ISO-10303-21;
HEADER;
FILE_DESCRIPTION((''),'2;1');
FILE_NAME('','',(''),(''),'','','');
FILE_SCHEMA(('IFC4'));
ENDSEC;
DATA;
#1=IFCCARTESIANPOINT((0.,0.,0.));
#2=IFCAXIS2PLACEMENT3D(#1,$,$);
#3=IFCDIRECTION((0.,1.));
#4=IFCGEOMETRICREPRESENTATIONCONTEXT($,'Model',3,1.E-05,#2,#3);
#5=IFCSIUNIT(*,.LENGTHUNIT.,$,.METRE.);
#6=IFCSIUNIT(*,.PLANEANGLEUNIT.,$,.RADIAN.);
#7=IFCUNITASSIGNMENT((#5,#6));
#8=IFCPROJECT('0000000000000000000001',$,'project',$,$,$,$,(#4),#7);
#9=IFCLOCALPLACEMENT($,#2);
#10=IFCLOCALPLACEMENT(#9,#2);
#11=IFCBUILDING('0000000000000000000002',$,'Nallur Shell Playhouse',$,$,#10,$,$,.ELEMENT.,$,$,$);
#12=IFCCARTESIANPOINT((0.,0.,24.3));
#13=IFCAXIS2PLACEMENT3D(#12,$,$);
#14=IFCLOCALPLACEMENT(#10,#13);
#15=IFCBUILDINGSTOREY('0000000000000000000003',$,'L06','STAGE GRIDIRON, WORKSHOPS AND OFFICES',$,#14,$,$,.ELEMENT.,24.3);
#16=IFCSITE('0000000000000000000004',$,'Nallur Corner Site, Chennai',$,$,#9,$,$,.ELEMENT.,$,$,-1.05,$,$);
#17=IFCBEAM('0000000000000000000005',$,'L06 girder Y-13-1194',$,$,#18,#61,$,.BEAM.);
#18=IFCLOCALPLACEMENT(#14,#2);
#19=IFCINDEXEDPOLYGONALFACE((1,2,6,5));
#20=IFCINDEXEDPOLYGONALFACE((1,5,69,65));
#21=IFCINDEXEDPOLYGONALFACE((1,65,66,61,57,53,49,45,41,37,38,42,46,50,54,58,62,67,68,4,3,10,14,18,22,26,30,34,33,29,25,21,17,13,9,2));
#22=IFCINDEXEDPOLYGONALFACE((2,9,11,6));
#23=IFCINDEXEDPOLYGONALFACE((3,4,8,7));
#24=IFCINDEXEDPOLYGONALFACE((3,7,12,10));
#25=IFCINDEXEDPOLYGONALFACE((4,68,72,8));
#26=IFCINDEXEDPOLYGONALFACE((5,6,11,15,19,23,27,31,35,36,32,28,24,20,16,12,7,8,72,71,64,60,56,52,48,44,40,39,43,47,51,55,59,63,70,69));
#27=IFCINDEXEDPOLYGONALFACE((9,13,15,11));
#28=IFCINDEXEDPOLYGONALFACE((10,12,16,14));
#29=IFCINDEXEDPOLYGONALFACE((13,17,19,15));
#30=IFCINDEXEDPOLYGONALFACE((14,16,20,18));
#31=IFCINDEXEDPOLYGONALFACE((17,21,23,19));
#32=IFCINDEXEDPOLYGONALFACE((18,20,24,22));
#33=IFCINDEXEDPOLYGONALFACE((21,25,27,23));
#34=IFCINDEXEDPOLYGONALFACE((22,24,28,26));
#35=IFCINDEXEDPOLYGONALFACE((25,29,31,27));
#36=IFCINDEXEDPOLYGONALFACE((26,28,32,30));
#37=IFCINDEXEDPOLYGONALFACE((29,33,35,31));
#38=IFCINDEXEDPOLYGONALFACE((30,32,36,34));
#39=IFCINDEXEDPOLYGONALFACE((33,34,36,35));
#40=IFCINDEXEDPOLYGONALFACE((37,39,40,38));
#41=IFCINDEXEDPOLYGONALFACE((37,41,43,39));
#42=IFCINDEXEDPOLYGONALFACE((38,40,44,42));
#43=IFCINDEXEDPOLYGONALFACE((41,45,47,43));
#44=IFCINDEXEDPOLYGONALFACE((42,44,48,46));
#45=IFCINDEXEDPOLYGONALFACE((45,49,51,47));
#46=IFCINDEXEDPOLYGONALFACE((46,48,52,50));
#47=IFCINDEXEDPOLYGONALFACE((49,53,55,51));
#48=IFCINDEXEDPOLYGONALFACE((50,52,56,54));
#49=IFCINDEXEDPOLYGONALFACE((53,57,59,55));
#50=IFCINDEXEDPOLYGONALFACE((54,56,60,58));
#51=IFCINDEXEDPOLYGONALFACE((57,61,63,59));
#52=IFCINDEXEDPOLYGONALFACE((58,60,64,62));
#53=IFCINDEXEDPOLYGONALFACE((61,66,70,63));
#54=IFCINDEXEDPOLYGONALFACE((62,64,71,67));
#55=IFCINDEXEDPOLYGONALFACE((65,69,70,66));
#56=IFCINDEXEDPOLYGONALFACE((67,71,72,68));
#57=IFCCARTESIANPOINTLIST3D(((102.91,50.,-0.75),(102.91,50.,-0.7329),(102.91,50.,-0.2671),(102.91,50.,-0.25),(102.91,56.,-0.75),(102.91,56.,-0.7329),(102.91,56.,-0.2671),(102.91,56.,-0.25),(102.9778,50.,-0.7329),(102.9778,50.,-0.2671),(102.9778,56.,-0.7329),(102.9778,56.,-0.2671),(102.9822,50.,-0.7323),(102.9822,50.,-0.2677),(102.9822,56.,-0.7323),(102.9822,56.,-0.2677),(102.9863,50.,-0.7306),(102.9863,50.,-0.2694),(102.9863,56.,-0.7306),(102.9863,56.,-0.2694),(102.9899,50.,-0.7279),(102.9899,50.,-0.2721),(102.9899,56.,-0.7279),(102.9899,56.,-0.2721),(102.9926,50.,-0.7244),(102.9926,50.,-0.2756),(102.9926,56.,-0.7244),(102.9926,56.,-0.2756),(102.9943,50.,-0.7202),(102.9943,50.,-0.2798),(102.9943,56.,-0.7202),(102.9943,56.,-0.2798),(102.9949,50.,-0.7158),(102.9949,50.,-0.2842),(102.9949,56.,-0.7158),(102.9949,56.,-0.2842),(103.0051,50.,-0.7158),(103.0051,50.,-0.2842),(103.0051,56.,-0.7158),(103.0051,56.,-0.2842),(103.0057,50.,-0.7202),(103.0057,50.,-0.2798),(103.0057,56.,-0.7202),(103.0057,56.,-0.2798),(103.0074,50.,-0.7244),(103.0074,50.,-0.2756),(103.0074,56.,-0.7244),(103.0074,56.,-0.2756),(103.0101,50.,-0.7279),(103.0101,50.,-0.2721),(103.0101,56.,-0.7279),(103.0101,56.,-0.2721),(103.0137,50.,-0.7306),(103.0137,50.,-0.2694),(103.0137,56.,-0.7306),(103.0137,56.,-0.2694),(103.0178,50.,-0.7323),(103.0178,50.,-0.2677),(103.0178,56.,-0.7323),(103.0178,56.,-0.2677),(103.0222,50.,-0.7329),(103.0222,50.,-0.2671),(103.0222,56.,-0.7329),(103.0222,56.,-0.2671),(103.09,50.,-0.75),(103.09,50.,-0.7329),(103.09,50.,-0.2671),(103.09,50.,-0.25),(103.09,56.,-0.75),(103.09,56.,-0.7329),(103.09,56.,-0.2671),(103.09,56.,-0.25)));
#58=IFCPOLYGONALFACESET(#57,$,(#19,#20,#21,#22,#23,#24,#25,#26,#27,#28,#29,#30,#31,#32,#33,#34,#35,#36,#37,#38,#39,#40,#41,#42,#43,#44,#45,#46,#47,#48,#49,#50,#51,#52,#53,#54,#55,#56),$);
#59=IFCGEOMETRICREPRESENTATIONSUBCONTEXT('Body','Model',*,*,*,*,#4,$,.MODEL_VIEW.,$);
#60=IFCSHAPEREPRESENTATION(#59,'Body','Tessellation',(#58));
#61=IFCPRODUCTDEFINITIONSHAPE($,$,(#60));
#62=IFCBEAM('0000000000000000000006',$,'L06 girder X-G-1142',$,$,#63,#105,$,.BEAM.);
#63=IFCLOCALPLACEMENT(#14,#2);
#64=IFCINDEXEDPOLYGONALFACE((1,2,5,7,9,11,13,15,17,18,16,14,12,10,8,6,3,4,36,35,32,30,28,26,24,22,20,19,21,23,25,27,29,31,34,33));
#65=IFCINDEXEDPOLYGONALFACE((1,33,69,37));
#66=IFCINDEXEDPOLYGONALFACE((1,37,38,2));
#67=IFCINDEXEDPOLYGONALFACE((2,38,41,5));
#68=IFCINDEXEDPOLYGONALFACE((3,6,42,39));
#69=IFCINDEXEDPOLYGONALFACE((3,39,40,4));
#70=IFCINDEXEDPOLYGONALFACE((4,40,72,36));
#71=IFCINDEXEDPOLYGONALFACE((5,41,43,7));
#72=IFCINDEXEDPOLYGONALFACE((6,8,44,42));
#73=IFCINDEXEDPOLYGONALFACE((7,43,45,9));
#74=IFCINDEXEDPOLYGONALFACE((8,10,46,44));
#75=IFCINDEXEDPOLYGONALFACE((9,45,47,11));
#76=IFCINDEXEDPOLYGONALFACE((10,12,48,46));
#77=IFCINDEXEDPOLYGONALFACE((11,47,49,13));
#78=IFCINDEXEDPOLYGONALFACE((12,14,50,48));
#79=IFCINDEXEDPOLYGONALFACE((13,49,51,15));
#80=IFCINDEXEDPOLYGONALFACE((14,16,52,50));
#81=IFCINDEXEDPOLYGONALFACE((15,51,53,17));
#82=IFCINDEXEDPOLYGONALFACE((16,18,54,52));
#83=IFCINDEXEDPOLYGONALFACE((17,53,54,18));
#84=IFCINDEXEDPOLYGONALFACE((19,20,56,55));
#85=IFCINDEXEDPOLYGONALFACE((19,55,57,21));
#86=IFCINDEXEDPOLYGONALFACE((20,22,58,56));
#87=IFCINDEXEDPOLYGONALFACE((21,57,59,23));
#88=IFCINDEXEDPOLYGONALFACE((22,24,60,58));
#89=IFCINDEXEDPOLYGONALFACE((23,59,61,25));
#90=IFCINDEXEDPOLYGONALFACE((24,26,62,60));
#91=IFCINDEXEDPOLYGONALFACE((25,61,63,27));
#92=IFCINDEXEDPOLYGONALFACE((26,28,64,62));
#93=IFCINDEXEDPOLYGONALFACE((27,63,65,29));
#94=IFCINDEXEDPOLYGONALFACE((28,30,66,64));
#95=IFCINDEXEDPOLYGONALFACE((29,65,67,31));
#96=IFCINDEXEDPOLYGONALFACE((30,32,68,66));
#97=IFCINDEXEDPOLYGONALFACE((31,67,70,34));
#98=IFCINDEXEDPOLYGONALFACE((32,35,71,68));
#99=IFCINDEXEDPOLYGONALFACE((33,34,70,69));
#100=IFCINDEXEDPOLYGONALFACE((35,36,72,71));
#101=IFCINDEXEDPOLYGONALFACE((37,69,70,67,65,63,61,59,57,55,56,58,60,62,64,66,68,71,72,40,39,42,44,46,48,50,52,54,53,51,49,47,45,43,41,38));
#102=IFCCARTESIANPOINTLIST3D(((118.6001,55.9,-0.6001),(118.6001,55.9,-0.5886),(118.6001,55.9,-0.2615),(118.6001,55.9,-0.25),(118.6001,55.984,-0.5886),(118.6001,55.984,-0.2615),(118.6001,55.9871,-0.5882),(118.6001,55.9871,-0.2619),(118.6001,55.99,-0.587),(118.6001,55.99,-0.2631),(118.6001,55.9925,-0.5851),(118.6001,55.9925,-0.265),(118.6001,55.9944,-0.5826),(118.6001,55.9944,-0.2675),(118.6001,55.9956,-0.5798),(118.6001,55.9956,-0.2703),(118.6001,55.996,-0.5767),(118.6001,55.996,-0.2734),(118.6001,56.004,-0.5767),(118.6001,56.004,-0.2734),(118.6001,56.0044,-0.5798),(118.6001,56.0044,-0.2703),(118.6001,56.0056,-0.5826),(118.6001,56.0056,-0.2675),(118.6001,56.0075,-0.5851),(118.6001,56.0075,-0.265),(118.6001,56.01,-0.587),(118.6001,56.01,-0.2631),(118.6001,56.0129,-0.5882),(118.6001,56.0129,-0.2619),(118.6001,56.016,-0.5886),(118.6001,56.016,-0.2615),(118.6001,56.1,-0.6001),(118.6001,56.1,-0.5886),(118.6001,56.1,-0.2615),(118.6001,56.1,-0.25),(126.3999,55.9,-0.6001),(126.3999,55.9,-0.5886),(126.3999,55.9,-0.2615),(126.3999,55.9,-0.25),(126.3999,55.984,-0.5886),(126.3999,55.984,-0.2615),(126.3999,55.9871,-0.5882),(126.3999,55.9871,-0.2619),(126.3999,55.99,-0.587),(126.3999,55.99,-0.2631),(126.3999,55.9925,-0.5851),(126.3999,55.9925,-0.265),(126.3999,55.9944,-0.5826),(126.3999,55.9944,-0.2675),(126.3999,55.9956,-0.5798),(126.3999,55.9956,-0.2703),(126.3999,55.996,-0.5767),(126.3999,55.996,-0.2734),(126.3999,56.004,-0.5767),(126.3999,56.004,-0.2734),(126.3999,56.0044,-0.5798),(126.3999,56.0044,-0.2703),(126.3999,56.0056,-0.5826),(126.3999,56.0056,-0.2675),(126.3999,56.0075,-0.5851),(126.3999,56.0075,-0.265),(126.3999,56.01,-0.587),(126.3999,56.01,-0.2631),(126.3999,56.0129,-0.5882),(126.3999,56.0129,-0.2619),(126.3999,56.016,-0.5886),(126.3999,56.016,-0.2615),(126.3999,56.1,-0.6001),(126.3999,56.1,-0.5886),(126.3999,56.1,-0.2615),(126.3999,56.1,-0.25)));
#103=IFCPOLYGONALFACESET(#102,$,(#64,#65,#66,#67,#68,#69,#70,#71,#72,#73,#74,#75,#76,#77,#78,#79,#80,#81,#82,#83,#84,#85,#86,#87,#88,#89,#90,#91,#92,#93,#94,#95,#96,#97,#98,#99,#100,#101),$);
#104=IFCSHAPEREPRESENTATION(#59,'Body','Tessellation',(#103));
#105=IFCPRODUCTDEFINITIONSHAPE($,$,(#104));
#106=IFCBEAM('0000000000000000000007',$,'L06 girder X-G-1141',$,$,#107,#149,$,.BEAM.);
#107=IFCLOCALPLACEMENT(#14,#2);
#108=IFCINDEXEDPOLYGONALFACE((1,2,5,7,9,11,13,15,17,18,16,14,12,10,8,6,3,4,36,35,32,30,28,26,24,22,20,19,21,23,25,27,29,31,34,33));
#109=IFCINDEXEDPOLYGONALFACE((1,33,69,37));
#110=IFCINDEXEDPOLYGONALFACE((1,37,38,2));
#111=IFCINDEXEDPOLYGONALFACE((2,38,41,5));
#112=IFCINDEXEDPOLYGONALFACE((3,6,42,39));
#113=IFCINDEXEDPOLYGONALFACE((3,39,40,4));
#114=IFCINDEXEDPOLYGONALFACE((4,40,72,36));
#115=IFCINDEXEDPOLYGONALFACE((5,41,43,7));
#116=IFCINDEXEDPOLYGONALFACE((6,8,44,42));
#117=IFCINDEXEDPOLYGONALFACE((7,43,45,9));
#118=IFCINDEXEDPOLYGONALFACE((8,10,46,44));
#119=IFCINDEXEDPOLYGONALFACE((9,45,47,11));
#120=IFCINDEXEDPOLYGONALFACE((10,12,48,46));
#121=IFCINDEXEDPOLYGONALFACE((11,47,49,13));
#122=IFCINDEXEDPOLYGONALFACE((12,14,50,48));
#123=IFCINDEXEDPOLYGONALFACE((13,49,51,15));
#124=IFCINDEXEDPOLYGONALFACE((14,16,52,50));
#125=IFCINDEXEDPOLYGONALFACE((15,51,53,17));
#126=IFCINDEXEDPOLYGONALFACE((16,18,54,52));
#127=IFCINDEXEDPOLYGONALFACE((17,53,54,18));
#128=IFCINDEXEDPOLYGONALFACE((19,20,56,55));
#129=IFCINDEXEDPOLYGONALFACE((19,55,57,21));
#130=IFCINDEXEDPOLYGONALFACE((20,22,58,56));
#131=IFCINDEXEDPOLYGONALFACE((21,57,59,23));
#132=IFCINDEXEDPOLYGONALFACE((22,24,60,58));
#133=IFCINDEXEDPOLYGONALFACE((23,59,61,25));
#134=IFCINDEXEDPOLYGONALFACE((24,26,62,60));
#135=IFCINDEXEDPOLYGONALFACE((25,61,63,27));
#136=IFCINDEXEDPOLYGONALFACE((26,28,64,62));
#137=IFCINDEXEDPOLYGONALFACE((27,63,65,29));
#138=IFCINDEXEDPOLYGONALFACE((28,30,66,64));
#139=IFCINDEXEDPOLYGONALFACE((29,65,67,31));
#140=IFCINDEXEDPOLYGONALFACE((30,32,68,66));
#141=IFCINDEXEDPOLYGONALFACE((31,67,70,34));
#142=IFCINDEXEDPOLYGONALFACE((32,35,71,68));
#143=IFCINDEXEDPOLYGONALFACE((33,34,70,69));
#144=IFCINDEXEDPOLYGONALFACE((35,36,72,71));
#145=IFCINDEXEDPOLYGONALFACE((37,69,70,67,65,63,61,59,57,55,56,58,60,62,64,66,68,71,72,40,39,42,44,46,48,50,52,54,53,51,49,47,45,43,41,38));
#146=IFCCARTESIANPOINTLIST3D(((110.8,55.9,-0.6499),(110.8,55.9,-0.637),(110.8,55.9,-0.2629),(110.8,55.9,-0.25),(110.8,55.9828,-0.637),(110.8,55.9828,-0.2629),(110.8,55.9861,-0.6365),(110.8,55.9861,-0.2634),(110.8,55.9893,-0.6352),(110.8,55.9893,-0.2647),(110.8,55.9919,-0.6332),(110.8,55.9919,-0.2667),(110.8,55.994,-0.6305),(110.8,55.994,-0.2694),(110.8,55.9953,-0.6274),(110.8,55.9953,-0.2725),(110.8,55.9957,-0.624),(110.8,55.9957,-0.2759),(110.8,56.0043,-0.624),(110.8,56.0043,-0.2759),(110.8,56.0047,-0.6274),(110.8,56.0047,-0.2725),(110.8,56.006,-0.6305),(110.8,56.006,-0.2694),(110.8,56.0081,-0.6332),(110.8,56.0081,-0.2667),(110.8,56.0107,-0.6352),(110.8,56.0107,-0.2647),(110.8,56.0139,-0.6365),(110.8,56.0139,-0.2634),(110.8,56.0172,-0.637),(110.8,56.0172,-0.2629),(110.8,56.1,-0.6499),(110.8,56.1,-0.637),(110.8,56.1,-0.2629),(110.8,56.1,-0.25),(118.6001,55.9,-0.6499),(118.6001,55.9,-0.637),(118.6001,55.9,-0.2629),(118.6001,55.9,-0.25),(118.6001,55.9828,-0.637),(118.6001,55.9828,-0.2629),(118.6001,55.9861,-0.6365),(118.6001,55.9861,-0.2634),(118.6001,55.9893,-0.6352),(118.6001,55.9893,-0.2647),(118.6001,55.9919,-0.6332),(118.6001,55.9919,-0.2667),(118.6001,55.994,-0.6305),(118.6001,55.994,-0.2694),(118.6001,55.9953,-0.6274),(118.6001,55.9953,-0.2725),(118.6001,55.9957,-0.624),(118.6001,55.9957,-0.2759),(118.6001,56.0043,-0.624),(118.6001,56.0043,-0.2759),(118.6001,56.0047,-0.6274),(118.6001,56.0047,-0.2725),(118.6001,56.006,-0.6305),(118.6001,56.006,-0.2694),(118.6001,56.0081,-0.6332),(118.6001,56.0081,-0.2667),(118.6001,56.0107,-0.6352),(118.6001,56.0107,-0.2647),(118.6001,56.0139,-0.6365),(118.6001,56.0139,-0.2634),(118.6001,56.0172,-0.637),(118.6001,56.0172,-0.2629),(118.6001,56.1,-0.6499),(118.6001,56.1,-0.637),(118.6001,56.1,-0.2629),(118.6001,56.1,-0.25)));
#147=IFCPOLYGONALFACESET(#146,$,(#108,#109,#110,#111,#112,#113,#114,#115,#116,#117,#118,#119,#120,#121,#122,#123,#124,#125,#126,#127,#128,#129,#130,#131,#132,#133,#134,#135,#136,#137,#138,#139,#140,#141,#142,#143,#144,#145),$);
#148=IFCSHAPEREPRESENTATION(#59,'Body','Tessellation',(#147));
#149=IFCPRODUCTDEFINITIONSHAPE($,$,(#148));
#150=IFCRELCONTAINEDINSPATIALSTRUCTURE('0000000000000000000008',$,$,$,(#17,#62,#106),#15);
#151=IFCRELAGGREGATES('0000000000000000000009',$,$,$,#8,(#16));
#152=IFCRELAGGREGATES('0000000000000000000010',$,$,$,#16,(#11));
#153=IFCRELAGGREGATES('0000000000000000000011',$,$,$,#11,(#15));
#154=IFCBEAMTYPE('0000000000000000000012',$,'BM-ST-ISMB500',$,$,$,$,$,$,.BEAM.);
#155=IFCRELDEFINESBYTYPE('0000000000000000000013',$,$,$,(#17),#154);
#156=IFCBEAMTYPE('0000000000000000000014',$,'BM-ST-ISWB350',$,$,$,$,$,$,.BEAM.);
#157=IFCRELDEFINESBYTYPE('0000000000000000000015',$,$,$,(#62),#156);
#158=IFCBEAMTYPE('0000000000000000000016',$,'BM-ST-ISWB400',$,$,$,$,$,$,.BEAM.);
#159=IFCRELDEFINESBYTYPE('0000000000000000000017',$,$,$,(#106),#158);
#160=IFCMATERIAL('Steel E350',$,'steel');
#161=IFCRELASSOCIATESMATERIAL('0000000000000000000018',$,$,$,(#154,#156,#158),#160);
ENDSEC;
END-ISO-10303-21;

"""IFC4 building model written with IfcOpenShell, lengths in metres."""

from ifc_helpers import new_model, si_unit, direction, frame, origin, origin_2d, place, context, subcontext, project, spatial, i_section, extrude, material, material_profile, profile_set, type_object, element, save


model = new_model("IFC4")

# Units and contexts
model_context = context("Model", 3, precision=1e-05, world=origin(), true_north=direction((0.0, 1.0)))
body_context = subcontext(model_context, "Body", "Model", "MODEL_VIEW")
ifc_project = project(units=[si_unit("LENGTHUNIT", "METRE"), si_unit("PLANEANGLEUNIT", "RADIAN")], contexts=[model_context])

# Site, building, storey
site_placement = place(None, origin())
site = spatial("IfcSite", under=ifc_project, at=site_placement, Name="Nallur Corner Site, Chennai", CompositionType="ELEMENT", RefElevation=-1.05)
building_placement = place(site_placement, origin())
building = spatial("IfcBuilding", under=site, at=building_placement, Name="Nallur Shell Playhouse", CompositionType="ELEMENT")
storey_placement = place(building_placement, frame((0.0, 0.0, 24.3)))
storey = spatial("IfcBuildingStorey", under=building, at=storey_placement, Name="L06", Description="STAGE GRIDIRON, WORKSHOPS AND OFFICES", CompositionType="ELEMENT", Elevation=24.3)

# Shared definitions
ifc_material_1 = material(Name="Steel E350", Category="steel")

# Beams
ifc_material_profile_1 = material_profile(ifc_material_1, i_section(OverallWidth=0.1799, OverallDepth=0.5, WebThickness=0.0103, FlangeThickness=0.0171, FilletRadius=0.0171, at=origin_2d()), Name="ISMB 500")
ifc_profile_set_1 = profile_set([ifc_material_profile_1], Name="Steel E350")
beam_type_1 = type_object("IfcBeamType", Name="BM-ST-ISMB500", PredefinedType="BEAM", material=ifc_profile_set_1)
beam_1_placement = place(storey_placement, frame((103.0, 50.0, -0.5), z_axis=(0.0, 1.0, 0.0), x_axis=(-1.0, 0.0, 0.0)))
element("IfcBeam", 1, at=beam_1_placement, inside=storey, type_object=beam_type_1, Name="L06 girder Y-13-1194", PredefinedType="BEAM", context=body_context, shape_type="SweptSolid", body=[
    extrude(i_section(OverallWidth=0.1799, OverallDepth=0.5, WebThickness=0.0103, FlangeThickness=0.0171, FilletRadius=0.0171, at=origin_2d()), origin(), (0.0, 0.0, 1.0), 6.0),
])
ifc_material_profile_2 = material_profile(ifc_material_1, i_section(OverallWidth=0.2, OverallDepth=0.3501, WebThickness=0.0081, FlangeThickness=0.0115, FilletRadius=0.012, at=origin_2d()), Name="ISWB 350")
ifc_profile_set_2 = profile_set([ifc_material_profile_2], Name="Steel E350")
beam_type_2 = type_object("IfcBeamType", Name="BM-ST-ISWB350", PredefinedType="BEAM", material=ifc_profile_set_2)
beam_2_placement = place(storey_placement, frame((118.6001, 56.0, -0.425), z_axis=(1.0, 0.0, 0.0), x_axis=(0.0, 1.0, 0.0)))
element("IfcBeam", 2, at=beam_2_placement, inside=storey, type_object=beam_type_2, Name="L06 girder X-G-1142", PredefinedType="BEAM", context=body_context, shape_type="SweptSolid", body=[
    extrude(i_section(OverallWidth=0.2, OverallDepth=0.3501, WebThickness=0.0081, FlangeThickness=0.0115, FilletRadius=0.012, at=origin_2d()), origin(), (0.0, 0.0, 1.0), 7.7998),
])
ifc_material_profile_3 = material_profile(ifc_material_1, i_section(OverallWidth=0.2, OverallDepth=0.3999, WebThickness=0.0085, FlangeThickness=0.0129, FilletRadius=0.0129, at=origin_2d()), Name="ISWB 400")
ifc_profile_set_3 = profile_set([ifc_material_profile_3], Name="Steel E350")
beam_type_3 = type_object("IfcBeamType", Name="BM-ST-ISWB400", PredefinedType="BEAM", material=ifc_profile_set_3)
beam_3_placement = place(storey_placement, frame((110.8, 56.0, -0.45), z_axis=(1.0, 0.0, 0.0), x_axis=(0.0, 1.0, 0.0)))
element("IfcBeam", 3, at=beam_3_placement, inside=storey, type_object=beam_type_3, Name="L06 girder X-G-1141", PredefinedType="BEAM", context=body_context, shape_type="SweptSolid", body=[
    extrude(i_section(OverallWidth=0.2, OverallDepth=0.3999, WebThickness=0.0085, FlangeThickness=0.0129, FilletRadius=0.0129, at=origin_2d()), origin(), (0.0, 0.0, 1.0), 7.8),
])

save(model, "model.ifc")
